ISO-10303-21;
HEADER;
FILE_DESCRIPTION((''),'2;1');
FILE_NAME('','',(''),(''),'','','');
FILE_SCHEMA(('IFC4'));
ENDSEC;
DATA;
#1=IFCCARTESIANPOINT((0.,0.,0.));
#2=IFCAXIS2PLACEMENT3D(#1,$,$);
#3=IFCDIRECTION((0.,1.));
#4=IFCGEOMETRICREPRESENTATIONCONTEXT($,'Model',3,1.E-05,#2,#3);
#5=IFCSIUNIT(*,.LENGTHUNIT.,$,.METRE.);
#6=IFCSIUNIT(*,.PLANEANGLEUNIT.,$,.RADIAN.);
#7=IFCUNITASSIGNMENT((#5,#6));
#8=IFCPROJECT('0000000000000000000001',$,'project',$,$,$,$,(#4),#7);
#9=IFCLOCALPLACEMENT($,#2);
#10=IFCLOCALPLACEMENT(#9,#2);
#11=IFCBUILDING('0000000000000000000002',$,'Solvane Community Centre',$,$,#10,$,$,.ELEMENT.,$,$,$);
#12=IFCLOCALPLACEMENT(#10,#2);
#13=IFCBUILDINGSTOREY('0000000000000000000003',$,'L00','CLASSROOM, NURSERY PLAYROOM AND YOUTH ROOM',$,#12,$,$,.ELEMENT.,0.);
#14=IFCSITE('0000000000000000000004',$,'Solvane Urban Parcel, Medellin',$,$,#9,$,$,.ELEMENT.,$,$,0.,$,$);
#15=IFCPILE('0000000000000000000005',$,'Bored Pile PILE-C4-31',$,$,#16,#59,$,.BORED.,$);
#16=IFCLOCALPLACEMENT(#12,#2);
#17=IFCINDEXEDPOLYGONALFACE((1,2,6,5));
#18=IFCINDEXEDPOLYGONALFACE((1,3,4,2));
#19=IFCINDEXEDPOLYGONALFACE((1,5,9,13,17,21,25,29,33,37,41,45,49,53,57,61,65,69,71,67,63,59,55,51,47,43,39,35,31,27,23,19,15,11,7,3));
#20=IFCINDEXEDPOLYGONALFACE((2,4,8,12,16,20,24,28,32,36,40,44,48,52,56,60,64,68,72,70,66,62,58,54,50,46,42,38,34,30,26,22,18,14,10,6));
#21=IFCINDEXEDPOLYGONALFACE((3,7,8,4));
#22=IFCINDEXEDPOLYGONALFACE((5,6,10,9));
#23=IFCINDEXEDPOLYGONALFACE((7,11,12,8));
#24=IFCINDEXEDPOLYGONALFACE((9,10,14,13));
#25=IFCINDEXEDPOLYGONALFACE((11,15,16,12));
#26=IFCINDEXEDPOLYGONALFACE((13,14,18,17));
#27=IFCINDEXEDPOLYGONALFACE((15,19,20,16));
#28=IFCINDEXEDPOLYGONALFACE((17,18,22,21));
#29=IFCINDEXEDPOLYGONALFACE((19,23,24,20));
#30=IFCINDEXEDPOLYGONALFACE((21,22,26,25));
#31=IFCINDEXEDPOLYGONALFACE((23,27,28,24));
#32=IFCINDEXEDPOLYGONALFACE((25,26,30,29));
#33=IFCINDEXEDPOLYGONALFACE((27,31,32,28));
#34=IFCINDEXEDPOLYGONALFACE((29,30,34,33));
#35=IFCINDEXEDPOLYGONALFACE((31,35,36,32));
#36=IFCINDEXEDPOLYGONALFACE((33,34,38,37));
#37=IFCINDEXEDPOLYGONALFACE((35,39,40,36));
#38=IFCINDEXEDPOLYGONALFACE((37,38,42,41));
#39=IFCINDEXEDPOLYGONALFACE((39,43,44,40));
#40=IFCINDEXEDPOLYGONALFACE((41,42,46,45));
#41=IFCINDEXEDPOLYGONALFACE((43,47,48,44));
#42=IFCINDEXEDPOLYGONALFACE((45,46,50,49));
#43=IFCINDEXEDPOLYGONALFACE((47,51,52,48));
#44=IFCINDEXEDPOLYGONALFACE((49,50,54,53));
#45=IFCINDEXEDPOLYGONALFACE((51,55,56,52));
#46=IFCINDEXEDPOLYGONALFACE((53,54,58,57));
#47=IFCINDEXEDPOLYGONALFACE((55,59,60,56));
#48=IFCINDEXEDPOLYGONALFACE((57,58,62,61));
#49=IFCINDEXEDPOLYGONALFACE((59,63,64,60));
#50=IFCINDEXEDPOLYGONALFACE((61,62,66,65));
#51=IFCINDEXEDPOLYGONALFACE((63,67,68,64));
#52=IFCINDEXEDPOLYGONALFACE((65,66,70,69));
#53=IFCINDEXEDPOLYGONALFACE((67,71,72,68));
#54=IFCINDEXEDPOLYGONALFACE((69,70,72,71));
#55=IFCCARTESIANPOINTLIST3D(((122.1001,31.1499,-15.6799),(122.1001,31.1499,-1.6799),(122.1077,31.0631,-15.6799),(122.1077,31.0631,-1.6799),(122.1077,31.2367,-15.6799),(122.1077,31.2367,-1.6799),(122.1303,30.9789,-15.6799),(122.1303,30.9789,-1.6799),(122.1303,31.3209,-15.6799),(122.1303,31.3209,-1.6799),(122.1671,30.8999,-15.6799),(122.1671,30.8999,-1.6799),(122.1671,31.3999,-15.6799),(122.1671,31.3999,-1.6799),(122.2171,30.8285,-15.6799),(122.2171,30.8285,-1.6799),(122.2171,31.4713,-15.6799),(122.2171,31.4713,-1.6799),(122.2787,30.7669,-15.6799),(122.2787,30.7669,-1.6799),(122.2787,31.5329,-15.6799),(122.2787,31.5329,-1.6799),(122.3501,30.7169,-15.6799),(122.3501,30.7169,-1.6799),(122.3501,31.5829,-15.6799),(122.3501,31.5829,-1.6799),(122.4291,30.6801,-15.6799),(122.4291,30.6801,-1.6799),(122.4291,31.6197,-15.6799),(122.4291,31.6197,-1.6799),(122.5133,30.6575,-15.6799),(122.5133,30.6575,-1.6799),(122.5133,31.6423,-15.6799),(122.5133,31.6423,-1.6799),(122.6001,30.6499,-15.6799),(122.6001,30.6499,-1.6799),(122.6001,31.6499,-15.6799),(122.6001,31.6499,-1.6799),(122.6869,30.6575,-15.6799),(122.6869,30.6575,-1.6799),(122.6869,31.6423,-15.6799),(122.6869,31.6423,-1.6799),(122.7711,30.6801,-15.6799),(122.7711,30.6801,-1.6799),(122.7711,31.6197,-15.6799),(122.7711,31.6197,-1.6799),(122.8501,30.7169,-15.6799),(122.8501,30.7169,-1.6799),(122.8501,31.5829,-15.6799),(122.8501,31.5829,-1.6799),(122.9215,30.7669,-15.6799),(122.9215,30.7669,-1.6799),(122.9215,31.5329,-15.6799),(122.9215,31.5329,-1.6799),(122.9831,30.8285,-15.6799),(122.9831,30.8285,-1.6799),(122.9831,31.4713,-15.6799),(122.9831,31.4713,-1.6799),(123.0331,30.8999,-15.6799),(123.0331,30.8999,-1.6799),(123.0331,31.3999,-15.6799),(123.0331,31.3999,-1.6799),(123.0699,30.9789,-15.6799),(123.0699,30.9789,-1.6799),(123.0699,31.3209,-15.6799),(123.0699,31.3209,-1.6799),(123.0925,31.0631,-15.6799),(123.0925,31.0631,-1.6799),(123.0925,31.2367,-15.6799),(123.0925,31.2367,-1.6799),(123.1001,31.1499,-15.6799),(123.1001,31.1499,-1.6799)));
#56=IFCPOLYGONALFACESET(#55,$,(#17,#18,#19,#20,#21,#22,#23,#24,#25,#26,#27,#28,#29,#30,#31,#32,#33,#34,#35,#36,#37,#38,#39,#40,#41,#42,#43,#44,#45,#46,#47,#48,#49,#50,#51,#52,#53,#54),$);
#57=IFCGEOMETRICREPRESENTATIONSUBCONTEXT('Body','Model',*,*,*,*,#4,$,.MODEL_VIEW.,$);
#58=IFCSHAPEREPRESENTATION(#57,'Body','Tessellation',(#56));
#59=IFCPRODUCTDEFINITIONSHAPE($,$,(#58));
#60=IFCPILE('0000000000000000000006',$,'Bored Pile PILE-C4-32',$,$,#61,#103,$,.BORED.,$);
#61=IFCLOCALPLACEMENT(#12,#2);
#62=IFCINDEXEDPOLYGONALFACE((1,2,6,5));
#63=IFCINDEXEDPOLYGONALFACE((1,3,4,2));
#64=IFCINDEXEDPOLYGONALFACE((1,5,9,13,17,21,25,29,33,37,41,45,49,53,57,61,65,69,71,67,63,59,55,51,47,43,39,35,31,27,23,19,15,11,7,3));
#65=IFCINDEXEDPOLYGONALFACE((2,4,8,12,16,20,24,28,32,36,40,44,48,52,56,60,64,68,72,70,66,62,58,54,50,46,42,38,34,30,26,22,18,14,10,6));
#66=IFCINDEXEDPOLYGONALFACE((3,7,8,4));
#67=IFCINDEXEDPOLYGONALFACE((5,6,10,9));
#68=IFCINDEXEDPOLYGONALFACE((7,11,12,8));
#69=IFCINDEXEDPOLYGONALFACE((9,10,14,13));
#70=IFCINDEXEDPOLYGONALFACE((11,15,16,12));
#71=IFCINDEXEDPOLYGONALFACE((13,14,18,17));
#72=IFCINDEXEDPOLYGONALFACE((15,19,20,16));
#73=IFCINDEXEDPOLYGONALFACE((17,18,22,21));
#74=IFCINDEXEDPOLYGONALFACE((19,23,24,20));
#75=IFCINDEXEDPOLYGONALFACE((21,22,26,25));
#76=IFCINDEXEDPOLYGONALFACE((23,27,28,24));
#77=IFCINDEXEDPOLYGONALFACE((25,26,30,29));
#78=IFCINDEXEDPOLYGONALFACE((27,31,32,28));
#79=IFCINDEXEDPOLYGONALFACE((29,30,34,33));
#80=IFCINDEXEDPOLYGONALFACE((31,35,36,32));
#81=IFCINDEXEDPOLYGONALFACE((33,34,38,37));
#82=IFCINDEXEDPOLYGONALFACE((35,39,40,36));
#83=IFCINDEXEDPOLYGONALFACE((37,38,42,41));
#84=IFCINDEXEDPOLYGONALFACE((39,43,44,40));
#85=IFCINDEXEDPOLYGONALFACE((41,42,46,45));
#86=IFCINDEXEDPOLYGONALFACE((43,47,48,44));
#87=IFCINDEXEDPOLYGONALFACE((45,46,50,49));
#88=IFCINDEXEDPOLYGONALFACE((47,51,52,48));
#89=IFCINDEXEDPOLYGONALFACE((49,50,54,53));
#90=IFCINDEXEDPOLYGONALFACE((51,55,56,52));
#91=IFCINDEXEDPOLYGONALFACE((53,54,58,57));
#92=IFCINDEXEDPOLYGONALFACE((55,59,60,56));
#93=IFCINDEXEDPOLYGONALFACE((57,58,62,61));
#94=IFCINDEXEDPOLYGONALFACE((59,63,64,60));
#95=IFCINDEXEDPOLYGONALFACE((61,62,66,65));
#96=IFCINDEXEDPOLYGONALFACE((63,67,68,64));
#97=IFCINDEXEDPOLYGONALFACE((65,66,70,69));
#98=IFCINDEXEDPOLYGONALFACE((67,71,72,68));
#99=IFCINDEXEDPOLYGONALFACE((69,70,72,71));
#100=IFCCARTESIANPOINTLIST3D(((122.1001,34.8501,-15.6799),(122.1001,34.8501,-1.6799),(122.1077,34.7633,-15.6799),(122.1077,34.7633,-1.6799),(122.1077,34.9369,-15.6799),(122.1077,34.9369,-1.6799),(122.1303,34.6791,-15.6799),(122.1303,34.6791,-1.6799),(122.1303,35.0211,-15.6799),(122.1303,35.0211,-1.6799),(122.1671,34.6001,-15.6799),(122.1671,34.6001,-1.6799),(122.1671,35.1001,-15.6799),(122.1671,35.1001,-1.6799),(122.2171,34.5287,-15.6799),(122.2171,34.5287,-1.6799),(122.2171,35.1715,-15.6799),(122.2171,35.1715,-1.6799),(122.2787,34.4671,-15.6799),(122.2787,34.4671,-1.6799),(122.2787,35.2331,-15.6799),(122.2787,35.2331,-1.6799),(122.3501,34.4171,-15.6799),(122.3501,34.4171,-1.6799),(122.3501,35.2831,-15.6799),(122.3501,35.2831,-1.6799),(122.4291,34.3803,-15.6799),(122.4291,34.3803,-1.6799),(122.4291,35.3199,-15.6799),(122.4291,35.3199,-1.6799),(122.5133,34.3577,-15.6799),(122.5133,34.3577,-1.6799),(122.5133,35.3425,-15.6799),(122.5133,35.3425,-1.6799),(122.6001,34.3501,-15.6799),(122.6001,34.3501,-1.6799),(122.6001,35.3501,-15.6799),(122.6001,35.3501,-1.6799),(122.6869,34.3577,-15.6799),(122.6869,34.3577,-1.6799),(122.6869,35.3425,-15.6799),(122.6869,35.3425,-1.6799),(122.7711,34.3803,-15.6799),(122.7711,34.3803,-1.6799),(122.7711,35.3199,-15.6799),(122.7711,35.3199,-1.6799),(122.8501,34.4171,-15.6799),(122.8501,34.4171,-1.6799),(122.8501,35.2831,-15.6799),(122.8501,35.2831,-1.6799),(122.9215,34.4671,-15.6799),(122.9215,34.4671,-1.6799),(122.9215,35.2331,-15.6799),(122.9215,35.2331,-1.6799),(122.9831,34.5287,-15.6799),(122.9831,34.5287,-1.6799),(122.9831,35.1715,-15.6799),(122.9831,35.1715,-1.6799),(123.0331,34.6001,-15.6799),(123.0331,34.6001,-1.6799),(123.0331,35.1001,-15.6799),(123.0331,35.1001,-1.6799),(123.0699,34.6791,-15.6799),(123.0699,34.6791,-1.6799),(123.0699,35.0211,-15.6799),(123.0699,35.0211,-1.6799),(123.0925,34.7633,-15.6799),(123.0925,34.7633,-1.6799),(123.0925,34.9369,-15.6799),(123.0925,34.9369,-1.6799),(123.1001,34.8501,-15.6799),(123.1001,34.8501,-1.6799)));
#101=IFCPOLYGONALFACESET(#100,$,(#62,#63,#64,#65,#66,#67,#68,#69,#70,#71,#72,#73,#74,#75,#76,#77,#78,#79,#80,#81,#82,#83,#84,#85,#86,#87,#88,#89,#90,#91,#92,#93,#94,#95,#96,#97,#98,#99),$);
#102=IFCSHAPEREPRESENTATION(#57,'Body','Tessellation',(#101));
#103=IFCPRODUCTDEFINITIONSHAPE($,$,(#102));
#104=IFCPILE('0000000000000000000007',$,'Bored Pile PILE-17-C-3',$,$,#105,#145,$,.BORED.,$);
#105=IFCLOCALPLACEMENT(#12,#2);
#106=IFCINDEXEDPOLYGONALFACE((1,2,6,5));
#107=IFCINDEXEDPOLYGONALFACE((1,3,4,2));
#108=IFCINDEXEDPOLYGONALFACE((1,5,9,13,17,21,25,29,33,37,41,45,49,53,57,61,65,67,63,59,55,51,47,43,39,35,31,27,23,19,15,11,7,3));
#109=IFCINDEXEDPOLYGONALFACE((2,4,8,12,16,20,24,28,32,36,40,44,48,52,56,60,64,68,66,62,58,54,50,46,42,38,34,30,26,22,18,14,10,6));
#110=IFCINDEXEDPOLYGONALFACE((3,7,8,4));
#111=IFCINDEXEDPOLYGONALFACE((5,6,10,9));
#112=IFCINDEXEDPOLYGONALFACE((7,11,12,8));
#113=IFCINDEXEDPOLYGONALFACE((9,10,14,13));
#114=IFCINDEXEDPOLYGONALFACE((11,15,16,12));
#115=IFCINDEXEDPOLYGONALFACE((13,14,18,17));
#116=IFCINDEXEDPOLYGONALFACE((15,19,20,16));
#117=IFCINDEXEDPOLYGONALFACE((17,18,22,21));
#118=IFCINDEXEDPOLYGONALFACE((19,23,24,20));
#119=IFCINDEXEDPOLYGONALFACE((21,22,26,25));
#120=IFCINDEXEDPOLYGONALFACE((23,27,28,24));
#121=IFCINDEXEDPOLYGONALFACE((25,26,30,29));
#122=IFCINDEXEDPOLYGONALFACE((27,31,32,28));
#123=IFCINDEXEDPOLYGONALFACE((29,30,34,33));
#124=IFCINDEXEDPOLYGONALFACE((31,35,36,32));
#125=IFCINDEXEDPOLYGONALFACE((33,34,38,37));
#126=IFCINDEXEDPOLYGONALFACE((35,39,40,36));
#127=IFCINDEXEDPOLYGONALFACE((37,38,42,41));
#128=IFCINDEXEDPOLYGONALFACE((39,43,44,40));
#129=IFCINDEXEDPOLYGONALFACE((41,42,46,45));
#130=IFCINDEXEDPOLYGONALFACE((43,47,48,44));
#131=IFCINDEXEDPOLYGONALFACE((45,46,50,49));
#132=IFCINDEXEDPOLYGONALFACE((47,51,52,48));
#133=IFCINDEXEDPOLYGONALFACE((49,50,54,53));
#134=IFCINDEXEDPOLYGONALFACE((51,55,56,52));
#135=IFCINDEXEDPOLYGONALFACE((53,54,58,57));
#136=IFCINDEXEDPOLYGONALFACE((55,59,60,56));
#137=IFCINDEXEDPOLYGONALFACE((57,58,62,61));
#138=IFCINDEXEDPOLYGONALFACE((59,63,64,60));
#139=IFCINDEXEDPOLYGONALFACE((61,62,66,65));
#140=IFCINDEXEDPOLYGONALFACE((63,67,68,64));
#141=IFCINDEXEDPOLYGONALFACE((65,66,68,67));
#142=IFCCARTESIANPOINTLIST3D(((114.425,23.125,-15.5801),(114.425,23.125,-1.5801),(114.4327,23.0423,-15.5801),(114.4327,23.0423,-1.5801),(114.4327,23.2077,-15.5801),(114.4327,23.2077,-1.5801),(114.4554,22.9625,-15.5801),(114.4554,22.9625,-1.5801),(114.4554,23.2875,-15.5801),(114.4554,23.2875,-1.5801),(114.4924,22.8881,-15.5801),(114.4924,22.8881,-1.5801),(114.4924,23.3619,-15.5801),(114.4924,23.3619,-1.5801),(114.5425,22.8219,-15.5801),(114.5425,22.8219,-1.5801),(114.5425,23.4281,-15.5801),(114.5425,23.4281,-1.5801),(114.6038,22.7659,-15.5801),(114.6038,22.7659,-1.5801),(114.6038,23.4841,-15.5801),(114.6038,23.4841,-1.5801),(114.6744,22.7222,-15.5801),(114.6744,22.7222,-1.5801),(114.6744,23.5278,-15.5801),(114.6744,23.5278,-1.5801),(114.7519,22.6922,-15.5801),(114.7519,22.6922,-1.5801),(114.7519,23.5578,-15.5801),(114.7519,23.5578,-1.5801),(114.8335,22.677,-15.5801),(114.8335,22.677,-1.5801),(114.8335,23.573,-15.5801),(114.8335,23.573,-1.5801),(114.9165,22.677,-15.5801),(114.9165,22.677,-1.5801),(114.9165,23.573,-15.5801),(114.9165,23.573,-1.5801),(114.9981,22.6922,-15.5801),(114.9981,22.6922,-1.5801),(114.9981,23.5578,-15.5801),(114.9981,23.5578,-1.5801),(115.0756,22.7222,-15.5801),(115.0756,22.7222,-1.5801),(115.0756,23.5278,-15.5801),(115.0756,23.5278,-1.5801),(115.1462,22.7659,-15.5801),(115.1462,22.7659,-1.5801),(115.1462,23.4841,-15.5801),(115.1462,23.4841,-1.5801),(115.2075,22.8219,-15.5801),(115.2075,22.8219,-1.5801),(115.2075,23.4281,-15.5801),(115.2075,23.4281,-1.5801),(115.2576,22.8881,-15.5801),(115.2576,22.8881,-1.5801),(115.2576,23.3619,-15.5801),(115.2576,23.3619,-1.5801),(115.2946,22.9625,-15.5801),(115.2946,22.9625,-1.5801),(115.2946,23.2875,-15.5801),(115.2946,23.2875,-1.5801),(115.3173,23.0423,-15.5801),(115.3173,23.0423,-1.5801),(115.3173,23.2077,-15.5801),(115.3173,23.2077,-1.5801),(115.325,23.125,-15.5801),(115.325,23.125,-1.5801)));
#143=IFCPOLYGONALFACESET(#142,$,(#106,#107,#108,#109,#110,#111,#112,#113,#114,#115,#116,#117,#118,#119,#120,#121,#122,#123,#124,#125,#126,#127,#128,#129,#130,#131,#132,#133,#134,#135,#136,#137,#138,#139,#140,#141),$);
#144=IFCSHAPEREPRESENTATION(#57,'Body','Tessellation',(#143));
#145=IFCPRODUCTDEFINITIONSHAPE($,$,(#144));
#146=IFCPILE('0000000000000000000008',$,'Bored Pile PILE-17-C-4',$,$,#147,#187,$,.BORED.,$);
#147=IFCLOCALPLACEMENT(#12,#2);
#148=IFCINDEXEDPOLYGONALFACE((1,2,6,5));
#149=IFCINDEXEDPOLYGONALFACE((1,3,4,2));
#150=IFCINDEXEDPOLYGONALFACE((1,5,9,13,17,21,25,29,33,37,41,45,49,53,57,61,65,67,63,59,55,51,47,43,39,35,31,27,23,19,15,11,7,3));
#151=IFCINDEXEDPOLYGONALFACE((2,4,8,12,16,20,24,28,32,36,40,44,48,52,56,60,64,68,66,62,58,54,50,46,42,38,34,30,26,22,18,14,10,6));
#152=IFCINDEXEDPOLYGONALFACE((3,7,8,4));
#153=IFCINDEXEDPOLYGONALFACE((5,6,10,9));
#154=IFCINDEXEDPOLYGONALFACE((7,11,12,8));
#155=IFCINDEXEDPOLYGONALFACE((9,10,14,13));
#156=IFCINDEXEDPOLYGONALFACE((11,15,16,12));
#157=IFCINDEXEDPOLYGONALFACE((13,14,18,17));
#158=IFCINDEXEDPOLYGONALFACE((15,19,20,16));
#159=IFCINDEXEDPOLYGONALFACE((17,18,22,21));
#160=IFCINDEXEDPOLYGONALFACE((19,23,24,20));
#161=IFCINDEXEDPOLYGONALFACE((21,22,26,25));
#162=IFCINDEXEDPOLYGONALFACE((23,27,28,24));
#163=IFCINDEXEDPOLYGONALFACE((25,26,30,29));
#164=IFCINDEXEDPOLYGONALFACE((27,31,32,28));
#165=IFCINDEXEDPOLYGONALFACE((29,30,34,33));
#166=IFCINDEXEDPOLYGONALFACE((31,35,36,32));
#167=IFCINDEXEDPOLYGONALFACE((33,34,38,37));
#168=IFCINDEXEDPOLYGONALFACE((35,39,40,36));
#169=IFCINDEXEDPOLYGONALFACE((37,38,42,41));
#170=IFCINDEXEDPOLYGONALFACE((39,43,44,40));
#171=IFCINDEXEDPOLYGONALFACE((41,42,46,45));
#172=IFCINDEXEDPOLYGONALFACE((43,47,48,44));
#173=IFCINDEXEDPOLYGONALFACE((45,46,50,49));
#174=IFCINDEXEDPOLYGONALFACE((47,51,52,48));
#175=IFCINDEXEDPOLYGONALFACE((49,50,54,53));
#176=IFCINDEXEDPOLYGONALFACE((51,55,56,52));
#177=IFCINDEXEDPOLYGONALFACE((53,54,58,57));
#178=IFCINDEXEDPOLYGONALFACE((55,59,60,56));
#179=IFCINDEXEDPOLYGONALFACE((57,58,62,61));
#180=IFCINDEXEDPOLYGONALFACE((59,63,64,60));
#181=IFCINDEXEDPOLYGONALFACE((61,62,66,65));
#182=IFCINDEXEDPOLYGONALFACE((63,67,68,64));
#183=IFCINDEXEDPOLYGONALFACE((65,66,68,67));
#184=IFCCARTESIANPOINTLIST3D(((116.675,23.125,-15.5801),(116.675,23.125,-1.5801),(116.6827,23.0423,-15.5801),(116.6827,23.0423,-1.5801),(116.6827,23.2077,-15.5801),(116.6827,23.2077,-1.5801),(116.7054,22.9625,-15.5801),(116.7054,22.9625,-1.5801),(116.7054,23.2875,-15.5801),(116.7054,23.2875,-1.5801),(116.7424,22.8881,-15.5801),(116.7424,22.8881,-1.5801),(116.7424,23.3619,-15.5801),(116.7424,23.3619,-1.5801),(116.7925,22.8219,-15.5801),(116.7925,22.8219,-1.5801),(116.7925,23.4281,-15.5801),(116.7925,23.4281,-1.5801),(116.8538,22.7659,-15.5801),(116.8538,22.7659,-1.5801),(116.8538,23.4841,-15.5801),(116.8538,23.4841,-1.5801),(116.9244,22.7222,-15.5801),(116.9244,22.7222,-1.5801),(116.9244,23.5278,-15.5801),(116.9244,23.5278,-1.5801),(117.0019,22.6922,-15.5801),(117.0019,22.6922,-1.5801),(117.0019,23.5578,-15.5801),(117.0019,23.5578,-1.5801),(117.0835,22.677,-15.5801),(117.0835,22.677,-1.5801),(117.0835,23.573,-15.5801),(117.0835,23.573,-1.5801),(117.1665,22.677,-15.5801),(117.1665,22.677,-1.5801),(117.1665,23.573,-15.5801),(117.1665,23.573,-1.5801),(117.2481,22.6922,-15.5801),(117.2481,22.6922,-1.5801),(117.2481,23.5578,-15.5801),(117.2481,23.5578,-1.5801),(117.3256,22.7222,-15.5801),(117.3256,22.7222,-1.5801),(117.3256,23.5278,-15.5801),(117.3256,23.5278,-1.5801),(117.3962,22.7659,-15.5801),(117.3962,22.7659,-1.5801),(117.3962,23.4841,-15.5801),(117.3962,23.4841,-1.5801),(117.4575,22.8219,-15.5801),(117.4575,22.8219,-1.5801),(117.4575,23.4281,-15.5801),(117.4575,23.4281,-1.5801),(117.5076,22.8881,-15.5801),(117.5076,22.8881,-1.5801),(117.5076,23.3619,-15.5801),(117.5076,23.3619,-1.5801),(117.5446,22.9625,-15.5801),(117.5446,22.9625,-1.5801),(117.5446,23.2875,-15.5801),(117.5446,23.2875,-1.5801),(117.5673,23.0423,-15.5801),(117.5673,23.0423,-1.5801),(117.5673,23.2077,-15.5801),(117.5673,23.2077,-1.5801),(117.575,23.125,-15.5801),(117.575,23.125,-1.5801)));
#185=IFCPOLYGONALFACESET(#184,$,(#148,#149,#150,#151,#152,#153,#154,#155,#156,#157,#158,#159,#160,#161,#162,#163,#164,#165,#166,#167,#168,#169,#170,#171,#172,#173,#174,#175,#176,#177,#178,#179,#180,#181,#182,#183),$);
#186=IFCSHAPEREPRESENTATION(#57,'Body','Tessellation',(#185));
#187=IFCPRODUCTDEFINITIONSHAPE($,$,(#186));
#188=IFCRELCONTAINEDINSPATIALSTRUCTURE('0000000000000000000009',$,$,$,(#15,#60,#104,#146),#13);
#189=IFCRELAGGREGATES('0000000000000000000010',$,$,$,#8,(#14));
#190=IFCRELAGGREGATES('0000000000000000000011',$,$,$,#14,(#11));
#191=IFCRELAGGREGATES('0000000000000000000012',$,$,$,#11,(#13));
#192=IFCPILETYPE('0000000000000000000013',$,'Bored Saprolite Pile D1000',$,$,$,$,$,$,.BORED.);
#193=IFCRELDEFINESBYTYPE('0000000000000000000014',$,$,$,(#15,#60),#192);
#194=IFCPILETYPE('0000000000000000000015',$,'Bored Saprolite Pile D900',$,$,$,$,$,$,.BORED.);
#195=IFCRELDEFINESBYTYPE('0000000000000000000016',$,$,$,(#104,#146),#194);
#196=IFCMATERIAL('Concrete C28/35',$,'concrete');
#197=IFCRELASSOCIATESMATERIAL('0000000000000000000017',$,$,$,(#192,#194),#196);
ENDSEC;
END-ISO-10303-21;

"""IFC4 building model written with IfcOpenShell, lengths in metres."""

from ifc_helpers import new_model, si_unit, direction, frame, origin, origin_2d, place, context, subcontext, project, spatial, circle, extrude, material, material_profile, profile_set, type_object, element, save


model = new_model("IFC4")

# Units and contexts
model_context = context("Model", 3, precision=1e-05, world=origin(), true_north=direction((0.0, 1.0)))
body_context = subcontext(model_context, "Body", "Model", "MODEL_VIEW")
ifc_project = project(units=[si_unit("LENGTHUNIT", "METRE"), si_unit("PLANEANGLEUNIT", "RADIAN")], contexts=[model_context])

# Site, building, storey
site_placement = place(None, origin())
site = spatial("IfcSite", under=ifc_project, at=site_placement, Name="Solvane Urban Parcel, Medellin", CompositionType="ELEMENT", RefElevation=0.0)
building_placement = place(site_placement, origin())
building = spatial("IfcBuilding", under=site, at=building_placement, Name="Solvane Community Centre", CompositionType="ELEMENT")
storey_placement = place(building_placement, origin())
storey = spatial("IfcBuildingStorey", under=building, at=storey_placement, Name="L00", Description="CLASSROOM, NURSERY PLAYROOM AND YOUTH ROOM", CompositionType="ELEMENT", Elevation=0.0)

# Piles
ifc_material_1 = material(Name="Concrete C28/35", Category="concrete")
ifc_material_profile_1 = material_profile(ifc_material_1, circle(Radius=0.5, at=origin_2d()), Name="PILE D1000")
ifc_profile_set_1 = profile_set([ifc_material_profile_1], Name="Concrete C28/35")
pile_type_1 = type_object("IfcPileType", Name="Bored Saprolite Pile D1000", PredefinedType="BORED", material=ifc_profile_set_1)
for number, where, z_axis, x_axis, name in (
    (1, (122.6001, 31.1499, -1.6799), (0.0, 0.0, -1.0), (1.0, 0.0, 0.0), "Bored Pile PILE-C4-31"),
    (2, (122.6001, 34.8501, -1.6799), (0.0, 0.0, -1.0), (1.0, 0.0, 0.0), "Bored Pile PILE-C4-32"),
):
    element("IfcPile", number, at=place(storey_placement, frame(where, z_axis=z_axis, x_axis=x_axis)), inside=storey, type_object=pile_type_1, Name=name, PredefinedType="BORED", context=body_context, shape_type="SweptSolid", body=[
        extrude(circle(Radius=0.5, at=origin_2d()), origin(), (0.0, 0.0, 1.0), 14.0),
    ])
ifc_material_profile_2 = material_profile(ifc_material_1, circle(Radius=0.45, at=origin_2d()), Name="PILE D900")
ifc_profile_set_2 = profile_set([ifc_material_profile_2], Name="Concrete C28/35")
pile_type_2 = type_object("IfcPileType", Name="Bored Saprolite Pile D900", PredefinedType="BORED", material=ifc_profile_set_2)
for number, where, z_axis, x_axis, name in (
    (3, (114.875, 23.125, -1.5801), (0.0, 0.0, -1.0), (1.0, 0.0, 0.0), "Bored Pile PILE-17-C-3"),
    (4, (117.125, 23.125, -1.5801), (0.0, 0.0, -1.0), (1.0, 0.0, 0.0), "Bored Pile PILE-17-C-4"),
):
    element("IfcPile", number, at=place(storey_placement, frame(where, z_axis=z_axis, x_axis=x_axis)), inside=storey, type_object=pile_type_2, Name=name, PredefinedType="BORED", context=body_context, shape_type="SweptSolid", body=[
        extrude(circle(Radius=0.45, at=origin_2d()), origin(), (0.0, 0.0, 1.0), 14.0),
    ])

save(model, "model.ifc")
